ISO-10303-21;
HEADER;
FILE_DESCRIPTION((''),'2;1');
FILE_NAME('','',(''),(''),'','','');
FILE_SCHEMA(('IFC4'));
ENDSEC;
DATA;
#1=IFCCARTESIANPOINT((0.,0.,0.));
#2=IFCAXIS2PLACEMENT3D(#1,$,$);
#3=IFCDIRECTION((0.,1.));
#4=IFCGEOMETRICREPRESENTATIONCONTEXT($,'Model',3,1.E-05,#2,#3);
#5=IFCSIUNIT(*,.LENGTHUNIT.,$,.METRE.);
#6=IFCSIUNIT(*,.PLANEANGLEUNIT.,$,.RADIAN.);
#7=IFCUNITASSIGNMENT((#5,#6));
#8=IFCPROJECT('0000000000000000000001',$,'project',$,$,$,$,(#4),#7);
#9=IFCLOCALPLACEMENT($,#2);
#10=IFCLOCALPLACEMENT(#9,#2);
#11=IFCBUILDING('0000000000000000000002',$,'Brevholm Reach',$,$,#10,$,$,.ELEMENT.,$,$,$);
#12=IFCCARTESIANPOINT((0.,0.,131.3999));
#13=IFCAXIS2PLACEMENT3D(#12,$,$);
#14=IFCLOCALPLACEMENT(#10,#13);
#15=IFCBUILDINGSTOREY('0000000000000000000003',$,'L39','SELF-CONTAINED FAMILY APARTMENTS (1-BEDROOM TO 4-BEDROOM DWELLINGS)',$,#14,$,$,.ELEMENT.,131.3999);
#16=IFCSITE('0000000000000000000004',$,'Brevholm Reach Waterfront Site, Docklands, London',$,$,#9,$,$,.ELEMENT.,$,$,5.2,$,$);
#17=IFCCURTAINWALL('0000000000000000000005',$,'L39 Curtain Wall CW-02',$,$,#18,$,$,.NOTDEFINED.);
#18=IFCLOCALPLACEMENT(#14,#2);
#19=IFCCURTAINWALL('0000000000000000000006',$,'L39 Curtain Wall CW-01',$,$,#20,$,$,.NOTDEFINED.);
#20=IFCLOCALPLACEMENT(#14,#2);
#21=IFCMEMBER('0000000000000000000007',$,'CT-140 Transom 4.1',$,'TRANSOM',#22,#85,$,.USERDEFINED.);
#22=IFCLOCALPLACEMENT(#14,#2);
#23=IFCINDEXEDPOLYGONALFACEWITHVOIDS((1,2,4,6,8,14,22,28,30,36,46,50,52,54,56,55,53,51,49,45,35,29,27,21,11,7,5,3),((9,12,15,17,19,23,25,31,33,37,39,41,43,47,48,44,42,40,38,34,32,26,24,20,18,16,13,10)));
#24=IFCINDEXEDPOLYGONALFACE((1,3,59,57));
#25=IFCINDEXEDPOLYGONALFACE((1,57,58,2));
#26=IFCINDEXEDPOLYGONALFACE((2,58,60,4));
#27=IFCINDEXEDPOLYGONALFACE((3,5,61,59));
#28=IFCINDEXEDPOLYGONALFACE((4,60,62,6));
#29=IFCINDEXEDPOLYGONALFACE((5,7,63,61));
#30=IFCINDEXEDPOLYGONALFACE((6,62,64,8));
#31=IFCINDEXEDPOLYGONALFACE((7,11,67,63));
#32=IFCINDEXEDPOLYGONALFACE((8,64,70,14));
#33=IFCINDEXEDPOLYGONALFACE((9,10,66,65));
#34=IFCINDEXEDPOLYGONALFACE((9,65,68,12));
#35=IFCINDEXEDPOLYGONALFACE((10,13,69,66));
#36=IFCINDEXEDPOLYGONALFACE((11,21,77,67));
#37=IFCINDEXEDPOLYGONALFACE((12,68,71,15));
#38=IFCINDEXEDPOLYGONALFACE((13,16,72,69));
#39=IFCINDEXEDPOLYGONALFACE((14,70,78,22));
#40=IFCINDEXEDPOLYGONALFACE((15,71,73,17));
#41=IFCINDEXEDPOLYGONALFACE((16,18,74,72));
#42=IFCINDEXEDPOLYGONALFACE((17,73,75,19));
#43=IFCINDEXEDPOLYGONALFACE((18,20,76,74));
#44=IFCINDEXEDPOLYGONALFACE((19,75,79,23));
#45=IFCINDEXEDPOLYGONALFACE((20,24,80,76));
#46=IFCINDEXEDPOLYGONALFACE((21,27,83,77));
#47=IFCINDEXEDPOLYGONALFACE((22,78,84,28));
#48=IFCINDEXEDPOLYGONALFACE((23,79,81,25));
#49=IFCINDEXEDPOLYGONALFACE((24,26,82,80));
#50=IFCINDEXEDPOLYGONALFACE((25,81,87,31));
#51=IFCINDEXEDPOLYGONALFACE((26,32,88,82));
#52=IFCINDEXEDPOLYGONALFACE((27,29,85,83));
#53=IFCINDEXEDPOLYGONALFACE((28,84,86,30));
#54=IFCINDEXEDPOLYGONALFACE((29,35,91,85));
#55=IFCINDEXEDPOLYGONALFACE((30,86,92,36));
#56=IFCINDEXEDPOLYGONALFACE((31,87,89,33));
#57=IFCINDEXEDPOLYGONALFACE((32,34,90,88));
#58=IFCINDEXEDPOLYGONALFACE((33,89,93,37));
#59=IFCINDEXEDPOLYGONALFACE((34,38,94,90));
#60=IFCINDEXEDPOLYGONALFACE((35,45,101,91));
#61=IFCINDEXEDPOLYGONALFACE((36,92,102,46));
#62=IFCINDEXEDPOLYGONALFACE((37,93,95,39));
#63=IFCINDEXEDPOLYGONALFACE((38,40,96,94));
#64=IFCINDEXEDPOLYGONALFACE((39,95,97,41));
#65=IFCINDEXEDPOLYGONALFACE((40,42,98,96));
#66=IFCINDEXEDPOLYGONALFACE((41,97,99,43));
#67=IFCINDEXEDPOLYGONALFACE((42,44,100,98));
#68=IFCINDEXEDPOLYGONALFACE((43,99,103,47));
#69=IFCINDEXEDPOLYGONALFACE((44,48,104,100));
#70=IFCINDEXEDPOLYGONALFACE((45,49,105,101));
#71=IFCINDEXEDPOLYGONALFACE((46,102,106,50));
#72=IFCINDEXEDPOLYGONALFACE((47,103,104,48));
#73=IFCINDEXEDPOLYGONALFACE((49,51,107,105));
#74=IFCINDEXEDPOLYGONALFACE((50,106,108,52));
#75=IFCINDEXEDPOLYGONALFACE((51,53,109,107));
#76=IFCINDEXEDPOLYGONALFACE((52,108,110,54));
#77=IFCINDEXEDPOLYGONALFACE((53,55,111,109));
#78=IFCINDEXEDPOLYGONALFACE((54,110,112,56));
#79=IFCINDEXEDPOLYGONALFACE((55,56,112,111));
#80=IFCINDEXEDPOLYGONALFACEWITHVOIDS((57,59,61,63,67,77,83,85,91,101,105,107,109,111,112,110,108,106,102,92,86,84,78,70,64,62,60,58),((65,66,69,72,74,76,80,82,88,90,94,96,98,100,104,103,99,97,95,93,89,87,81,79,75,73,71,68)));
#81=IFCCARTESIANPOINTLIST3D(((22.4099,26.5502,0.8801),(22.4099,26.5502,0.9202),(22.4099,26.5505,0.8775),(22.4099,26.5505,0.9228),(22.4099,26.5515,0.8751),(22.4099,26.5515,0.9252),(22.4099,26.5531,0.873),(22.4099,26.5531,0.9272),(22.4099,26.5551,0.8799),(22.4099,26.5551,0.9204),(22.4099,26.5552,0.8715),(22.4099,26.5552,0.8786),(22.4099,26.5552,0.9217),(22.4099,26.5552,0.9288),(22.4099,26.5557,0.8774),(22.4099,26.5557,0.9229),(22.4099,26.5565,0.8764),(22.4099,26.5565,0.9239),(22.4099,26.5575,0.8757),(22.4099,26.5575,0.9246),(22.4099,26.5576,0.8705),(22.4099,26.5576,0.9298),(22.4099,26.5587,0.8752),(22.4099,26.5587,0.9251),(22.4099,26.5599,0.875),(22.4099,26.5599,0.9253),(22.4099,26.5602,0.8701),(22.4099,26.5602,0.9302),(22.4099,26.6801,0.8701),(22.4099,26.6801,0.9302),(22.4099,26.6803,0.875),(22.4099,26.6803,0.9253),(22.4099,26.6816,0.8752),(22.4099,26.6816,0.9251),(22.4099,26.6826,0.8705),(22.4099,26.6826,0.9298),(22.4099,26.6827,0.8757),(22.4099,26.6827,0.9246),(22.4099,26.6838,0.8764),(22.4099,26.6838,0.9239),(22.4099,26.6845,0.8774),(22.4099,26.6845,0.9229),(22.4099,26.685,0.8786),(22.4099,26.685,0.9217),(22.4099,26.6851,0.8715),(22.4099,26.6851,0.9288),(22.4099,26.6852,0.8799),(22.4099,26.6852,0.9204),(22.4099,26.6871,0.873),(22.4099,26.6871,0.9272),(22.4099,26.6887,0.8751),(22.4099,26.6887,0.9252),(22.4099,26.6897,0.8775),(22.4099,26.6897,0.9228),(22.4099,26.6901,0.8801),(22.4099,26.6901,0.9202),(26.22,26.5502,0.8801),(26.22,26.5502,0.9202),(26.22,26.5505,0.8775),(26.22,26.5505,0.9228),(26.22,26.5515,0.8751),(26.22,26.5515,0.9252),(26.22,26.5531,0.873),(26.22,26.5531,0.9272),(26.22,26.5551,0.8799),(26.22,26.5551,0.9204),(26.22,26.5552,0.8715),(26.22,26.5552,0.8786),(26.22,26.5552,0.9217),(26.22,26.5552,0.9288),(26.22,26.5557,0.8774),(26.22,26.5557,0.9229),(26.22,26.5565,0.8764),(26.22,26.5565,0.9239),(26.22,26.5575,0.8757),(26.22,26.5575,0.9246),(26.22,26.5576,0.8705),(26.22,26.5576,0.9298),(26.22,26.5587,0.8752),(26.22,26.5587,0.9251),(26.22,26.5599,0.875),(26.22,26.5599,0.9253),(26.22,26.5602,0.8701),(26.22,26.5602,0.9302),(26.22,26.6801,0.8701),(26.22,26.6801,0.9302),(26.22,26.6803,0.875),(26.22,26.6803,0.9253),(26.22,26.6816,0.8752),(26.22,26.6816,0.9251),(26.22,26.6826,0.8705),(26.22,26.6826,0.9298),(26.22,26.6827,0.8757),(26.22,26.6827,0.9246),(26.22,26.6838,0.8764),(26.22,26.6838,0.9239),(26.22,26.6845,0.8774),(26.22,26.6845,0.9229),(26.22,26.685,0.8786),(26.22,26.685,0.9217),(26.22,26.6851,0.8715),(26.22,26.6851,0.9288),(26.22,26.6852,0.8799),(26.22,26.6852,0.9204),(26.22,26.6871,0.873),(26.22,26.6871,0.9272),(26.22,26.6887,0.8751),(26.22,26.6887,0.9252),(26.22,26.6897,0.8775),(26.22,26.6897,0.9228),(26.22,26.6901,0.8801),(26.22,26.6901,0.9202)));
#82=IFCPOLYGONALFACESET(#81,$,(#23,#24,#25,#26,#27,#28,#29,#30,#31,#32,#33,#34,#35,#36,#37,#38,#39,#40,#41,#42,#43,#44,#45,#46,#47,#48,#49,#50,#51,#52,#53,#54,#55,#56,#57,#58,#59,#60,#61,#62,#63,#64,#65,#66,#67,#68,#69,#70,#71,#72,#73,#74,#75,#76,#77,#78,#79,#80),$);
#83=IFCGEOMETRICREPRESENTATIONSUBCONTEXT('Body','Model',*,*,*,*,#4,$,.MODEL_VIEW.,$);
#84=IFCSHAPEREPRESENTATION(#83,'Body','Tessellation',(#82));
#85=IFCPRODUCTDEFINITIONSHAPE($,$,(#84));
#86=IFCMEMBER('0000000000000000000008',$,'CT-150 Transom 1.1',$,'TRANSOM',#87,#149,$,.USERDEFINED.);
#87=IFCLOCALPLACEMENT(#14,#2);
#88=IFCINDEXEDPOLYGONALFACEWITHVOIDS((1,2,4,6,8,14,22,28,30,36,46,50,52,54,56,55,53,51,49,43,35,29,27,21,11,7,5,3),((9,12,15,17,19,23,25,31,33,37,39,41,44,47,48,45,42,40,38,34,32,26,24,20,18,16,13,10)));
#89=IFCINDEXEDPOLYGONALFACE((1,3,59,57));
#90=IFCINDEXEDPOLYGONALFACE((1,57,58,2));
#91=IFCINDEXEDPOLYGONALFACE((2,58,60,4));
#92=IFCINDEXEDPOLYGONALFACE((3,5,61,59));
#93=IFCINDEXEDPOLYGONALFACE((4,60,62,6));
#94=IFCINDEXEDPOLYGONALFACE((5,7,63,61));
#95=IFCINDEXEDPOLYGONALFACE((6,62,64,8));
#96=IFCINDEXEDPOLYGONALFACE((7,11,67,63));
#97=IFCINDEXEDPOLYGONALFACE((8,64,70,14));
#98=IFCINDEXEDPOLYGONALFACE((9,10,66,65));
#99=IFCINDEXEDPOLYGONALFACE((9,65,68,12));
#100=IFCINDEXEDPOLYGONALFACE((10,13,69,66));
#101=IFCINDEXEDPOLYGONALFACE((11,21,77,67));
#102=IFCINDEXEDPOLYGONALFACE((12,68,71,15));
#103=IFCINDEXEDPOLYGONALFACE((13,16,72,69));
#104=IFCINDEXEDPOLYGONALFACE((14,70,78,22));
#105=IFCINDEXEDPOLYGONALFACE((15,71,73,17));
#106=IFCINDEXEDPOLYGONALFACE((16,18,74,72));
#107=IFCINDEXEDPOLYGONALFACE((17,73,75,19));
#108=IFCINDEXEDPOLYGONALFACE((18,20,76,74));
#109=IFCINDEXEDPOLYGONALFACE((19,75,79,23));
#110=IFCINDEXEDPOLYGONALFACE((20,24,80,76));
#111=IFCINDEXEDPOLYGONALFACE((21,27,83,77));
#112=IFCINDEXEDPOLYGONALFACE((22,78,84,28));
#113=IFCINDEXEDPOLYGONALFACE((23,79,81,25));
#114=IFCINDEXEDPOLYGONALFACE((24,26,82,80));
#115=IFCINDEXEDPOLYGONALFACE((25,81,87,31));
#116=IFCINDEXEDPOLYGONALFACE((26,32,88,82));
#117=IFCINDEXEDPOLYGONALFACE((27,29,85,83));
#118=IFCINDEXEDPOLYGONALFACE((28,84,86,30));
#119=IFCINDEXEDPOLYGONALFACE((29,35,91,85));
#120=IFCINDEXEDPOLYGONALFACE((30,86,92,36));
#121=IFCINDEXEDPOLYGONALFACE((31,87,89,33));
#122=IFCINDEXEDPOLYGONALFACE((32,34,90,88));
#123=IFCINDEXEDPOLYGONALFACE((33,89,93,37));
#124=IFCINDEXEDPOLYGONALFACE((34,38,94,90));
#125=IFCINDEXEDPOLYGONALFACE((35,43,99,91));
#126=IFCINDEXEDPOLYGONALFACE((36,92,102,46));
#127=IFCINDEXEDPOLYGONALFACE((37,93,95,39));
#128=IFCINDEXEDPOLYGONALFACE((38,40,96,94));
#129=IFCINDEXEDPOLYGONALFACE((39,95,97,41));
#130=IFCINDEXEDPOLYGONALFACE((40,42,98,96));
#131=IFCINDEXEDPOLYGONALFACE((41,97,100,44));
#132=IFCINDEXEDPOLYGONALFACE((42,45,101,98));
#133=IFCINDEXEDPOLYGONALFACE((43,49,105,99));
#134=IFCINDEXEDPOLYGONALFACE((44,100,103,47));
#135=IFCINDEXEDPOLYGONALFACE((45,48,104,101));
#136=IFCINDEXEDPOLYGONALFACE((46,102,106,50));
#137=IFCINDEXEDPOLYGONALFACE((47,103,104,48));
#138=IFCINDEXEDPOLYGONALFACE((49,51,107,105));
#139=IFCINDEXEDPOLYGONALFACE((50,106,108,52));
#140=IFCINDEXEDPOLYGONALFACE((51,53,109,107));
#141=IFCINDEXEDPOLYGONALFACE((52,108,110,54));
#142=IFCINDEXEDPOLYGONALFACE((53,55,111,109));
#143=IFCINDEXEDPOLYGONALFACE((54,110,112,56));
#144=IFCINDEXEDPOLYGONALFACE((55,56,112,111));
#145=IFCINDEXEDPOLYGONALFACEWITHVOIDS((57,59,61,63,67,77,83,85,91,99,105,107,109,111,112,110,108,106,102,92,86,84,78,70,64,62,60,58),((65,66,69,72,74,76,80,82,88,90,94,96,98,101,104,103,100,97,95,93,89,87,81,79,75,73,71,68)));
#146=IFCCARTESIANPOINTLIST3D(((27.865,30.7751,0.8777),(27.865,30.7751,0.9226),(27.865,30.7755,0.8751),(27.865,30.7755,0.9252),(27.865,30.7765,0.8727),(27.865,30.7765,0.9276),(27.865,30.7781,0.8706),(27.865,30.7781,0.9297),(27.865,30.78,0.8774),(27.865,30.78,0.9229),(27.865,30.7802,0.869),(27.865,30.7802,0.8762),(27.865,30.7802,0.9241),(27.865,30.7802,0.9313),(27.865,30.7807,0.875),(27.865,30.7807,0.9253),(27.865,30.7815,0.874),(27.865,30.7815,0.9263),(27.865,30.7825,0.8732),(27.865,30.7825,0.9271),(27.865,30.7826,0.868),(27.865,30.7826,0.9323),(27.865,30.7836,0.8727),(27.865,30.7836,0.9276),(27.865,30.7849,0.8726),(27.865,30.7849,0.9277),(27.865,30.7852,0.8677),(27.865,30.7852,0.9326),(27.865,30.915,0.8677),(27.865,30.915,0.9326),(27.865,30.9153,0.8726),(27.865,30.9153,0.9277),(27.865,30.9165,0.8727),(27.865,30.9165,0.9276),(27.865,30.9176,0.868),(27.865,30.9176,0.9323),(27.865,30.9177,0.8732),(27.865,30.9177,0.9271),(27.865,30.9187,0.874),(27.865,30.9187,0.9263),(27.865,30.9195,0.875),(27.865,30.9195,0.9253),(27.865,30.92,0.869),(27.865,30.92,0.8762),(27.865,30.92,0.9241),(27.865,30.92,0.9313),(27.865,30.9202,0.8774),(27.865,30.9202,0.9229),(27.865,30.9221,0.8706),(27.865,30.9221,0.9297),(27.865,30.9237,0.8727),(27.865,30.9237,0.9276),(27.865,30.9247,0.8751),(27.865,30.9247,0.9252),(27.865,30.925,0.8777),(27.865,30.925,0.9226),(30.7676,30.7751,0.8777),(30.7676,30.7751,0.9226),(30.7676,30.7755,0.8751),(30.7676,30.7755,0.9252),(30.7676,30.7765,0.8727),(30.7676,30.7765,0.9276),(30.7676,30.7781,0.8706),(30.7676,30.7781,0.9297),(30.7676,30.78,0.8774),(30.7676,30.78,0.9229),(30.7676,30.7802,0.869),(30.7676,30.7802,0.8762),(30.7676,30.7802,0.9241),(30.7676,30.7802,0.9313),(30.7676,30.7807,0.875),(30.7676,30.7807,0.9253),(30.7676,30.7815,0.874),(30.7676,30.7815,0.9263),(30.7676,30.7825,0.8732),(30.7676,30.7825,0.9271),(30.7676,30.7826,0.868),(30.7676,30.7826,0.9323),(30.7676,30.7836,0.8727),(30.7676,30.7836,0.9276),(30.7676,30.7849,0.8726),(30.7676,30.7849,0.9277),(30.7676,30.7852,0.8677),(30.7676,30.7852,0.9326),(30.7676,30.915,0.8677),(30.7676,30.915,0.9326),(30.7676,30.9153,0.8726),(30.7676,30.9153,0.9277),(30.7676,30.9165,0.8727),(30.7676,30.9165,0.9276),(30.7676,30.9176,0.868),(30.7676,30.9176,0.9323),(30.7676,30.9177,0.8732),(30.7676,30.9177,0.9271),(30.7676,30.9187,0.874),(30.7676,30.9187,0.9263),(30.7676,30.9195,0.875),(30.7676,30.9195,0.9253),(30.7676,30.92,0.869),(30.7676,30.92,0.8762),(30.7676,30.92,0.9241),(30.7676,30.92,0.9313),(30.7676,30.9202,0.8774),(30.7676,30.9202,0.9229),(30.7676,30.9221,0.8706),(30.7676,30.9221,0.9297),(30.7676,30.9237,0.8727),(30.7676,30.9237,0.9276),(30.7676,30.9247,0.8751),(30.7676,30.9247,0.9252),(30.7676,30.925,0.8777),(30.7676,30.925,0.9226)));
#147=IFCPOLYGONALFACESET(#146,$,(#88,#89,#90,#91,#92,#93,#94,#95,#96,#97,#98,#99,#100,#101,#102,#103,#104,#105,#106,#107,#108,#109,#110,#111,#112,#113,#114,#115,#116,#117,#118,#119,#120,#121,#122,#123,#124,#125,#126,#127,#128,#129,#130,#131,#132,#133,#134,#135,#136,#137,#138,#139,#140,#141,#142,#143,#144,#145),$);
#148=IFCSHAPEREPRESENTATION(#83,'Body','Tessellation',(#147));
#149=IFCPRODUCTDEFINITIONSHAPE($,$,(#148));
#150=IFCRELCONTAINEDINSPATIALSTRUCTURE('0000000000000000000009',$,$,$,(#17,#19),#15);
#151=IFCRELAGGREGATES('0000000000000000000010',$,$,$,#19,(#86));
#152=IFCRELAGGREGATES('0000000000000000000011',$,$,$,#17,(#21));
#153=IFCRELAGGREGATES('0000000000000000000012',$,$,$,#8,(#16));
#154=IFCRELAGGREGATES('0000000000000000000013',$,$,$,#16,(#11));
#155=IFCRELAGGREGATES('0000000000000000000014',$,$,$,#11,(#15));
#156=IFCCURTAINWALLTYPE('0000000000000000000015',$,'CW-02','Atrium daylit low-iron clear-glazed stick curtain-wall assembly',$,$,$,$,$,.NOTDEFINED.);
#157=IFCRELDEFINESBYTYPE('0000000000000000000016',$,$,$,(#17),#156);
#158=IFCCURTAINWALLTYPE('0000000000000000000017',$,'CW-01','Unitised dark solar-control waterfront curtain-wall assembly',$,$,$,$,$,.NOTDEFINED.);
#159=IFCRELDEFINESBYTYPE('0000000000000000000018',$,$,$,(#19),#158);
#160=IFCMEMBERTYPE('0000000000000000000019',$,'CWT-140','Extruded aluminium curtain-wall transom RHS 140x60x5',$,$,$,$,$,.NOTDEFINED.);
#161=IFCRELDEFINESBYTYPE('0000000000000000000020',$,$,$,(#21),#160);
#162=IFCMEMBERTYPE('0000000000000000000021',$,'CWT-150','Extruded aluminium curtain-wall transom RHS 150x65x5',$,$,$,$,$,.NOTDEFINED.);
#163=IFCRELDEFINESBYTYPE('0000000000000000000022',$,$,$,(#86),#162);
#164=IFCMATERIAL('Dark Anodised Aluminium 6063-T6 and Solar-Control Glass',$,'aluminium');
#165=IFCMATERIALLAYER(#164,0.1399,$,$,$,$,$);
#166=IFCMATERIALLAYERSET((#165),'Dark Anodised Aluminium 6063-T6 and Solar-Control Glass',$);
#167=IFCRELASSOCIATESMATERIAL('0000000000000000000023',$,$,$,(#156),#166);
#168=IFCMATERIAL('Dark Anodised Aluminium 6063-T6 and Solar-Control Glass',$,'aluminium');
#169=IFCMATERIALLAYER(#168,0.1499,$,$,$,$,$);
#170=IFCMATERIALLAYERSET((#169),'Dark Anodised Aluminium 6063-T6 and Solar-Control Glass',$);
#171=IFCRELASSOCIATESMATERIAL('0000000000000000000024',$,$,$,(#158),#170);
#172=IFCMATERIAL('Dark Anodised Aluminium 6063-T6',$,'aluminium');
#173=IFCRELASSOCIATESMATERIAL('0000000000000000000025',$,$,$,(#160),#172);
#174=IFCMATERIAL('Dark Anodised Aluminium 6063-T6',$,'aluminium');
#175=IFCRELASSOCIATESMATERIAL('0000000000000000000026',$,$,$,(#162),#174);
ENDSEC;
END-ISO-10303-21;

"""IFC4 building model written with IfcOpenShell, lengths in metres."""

from ifc_helpers import new_model, si_unit, direction, frame, origin, origin_2d, place, context, subcontext, project, spatial, hollow_rectangle, extrude, material, layer, layer_set, material_profile, profile_set, type_object, element, aggregate, save


model = new_model("IFC4")

# Units and contexts
model_context = context("Model", 3, precision=1e-05, world=origin(), true_north=direction((0.0, 1.0)))
body_context = subcontext(model_context, "Body", "Model", "MODEL_VIEW")
ifc_project = project(units=[si_unit("LENGTHUNIT", "METRE"), si_unit("PLANEANGLEUNIT", "RADIAN")], contexts=[model_context])

# Site, building, storey
site_placement = place(None, origin())
site = spatial("IfcSite", under=ifc_project, at=site_placement, Name="Brevholm Reach Waterfront Site, Docklands, London", CompositionType="ELEMENT", RefElevation=5.2)
building_placement = place(site_placement, origin())
building = spatial("IfcBuilding", under=site, at=building_placement, Name="Brevholm Reach", CompositionType="ELEMENT")
storey_placement = place(building_placement, frame((0.0, 0.0, 131.3999)))
storey = spatial("IfcBuildingStorey", under=building, at=storey_placement, Name="L39", Description="SELF-CONTAINED FAMILY APARTMENTS (1-BEDROOM TO 4-BEDROOM DWELLINGS)", CompositionType="ELEMENT", Elevation=131.3999)

# Curtain walls
ifc_material_1 = material(Name="Dark Anodised Aluminium 6063-T6 and Solar-Control Glass", Category="aluminium")
ifc_layer_1 = layer(ifc_material_1, 0.1399)
ifc_layer_set_1 = layer_set([ifc_layer_1], Name="Dark Anodised Aluminium 6063-T6 and Solar-Control Glass")
curtain_wall_type_1 = type_object("IfcCurtainWallType", Name="CW-02", Description="Atrium daylit low-iron clear-glazed stick curtain-wall assembly", PredefinedType="NOTDEFINED", material=ifc_layer_set_1)
curtain_wall_1_placement = place(storey_placement, origin())
curtain_wall_1 = element("IfcCurtainWall", 1, at=curtain_wall_1_placement, inside=storey, type_object=curtain_wall_type_1, Name="L39 Curtain Wall CW-02", PredefinedType="NOTDEFINED")
ifc_material_2 = material(Name="Dark Anodised Aluminium 6063-T6 and Solar-Control Glass", Category="aluminium")
ifc_layer_2 = layer(ifc_material_2, 0.1499)
ifc_layer_set_2 = layer_set([ifc_layer_2], Name="Dark Anodised Aluminium 6063-T6 and Solar-Control Glass")
curtain_wall_type_2 = type_object("IfcCurtainWallType", Name="CW-01", Description="Unitised dark solar-control waterfront curtain-wall assembly", PredefinedType="NOTDEFINED", material=ifc_layer_set_2)
curtain_wall_2_placement = place(storey_placement, origin())
curtain_wall_2 = element("IfcCurtainWall", 2, at=curtain_wall_2_placement, inside=storey, type_object=curtain_wall_type_2, Name="L39 Curtain Wall CW-01", PredefinedType="NOTDEFINED")

# Members
ifc_material_3 = material(Name="Dark Anodised Aluminium 6063-T6", Category="aluminium")
ifc_material_profile_1 = material_profile(ifc_material_3, hollow_rectangle(XDim=0.0601, YDim=0.1399, WallThickness=0.0049, InnerFilletRadius=0.0049, OuterFilletRadius=0.01, at=origin_2d()), Name="RHS 140x60x5")
ifc_profile_set_1 = profile_set([ifc_material_profile_1], Name="Dark Anodised Aluminium 6063-T6")
member_type_1 = type_object("IfcMemberType", Name="CWT-140", Description="Extruded aluminium curtain-wall transom RHS 140x60x5", PredefinedType="NOTDEFINED", material=ifc_profile_set_1)
member_1_placement = place(storey_placement, frame((26.22, 26.6201, 0.9001), z_axis=(-1.0, 0.0, 0.0), x_axis=(0.0, 0.0, 1.0)))
member_1 = element("IfcMember", 3, at=member_1_placement, type_object=member_type_1, Name="CT-140 Transom 4.1", ObjectType="TRANSOM", PredefinedType="USERDEFINED", context=body_context, shape_type="SweptSolid", body=[
    extrude(hollow_rectangle(XDim=0.0601, YDim=0.1399, WallThickness=0.0049, InnerFilletRadius=0.0049, OuterFilletRadius=0.01, at=origin_2d()), origin(), (0.0, 0.0, 1.0), 3.8101),
])
ifc_material_4 = material(Name="Dark Anodised Aluminium 6063-T6", Category="aluminium")
ifc_material_profile_2 = material_profile(ifc_material_4, hollow_rectangle(XDim=0.0649, YDim=0.1499, WallThickness=0.0049, InnerFilletRadius=0.0049, OuterFilletRadius=0.01, at=origin_2d()), Name="RHS 150x65x5")
ifc_profile_set_2 = profile_set([ifc_material_profile_2], Name="Dark Anodised Aluminium 6063-T6")
member_type_2 = type_object("IfcMemberType", Name="CWT-150", Description="Extruded aluminium curtain-wall transom RHS 150x65x5", PredefinedType="NOTDEFINED", material=ifc_profile_set_2)
member_2_placement = place(storey_placement, frame((27.865, 30.8501, 0.9001), z_axis=(1.0, 0.0, 0.0), x_axis=(0.0, 0.0, 1.0)))
member_2 = element("IfcMember", 4, at=member_2_placement, type_object=member_type_2, Name="CT-150 Transom 1.1", ObjectType="TRANSOM", PredefinedType="USERDEFINED", context=body_context, shape_type="SweptSolid", body=[
    extrude(hollow_rectangle(XDim=0.0649, YDim=0.1499, WallThickness=0.0049, InnerFilletRadius=0.0049, OuterFilletRadius=0.01, at=origin_2d()), origin(), (0.0, 0.0, 1.0), 2.9026),
])

aggregate(curtain_wall_2, [member_2])
aggregate(curtain_wall_1, [member_1])

save(model, "model.ifc")
